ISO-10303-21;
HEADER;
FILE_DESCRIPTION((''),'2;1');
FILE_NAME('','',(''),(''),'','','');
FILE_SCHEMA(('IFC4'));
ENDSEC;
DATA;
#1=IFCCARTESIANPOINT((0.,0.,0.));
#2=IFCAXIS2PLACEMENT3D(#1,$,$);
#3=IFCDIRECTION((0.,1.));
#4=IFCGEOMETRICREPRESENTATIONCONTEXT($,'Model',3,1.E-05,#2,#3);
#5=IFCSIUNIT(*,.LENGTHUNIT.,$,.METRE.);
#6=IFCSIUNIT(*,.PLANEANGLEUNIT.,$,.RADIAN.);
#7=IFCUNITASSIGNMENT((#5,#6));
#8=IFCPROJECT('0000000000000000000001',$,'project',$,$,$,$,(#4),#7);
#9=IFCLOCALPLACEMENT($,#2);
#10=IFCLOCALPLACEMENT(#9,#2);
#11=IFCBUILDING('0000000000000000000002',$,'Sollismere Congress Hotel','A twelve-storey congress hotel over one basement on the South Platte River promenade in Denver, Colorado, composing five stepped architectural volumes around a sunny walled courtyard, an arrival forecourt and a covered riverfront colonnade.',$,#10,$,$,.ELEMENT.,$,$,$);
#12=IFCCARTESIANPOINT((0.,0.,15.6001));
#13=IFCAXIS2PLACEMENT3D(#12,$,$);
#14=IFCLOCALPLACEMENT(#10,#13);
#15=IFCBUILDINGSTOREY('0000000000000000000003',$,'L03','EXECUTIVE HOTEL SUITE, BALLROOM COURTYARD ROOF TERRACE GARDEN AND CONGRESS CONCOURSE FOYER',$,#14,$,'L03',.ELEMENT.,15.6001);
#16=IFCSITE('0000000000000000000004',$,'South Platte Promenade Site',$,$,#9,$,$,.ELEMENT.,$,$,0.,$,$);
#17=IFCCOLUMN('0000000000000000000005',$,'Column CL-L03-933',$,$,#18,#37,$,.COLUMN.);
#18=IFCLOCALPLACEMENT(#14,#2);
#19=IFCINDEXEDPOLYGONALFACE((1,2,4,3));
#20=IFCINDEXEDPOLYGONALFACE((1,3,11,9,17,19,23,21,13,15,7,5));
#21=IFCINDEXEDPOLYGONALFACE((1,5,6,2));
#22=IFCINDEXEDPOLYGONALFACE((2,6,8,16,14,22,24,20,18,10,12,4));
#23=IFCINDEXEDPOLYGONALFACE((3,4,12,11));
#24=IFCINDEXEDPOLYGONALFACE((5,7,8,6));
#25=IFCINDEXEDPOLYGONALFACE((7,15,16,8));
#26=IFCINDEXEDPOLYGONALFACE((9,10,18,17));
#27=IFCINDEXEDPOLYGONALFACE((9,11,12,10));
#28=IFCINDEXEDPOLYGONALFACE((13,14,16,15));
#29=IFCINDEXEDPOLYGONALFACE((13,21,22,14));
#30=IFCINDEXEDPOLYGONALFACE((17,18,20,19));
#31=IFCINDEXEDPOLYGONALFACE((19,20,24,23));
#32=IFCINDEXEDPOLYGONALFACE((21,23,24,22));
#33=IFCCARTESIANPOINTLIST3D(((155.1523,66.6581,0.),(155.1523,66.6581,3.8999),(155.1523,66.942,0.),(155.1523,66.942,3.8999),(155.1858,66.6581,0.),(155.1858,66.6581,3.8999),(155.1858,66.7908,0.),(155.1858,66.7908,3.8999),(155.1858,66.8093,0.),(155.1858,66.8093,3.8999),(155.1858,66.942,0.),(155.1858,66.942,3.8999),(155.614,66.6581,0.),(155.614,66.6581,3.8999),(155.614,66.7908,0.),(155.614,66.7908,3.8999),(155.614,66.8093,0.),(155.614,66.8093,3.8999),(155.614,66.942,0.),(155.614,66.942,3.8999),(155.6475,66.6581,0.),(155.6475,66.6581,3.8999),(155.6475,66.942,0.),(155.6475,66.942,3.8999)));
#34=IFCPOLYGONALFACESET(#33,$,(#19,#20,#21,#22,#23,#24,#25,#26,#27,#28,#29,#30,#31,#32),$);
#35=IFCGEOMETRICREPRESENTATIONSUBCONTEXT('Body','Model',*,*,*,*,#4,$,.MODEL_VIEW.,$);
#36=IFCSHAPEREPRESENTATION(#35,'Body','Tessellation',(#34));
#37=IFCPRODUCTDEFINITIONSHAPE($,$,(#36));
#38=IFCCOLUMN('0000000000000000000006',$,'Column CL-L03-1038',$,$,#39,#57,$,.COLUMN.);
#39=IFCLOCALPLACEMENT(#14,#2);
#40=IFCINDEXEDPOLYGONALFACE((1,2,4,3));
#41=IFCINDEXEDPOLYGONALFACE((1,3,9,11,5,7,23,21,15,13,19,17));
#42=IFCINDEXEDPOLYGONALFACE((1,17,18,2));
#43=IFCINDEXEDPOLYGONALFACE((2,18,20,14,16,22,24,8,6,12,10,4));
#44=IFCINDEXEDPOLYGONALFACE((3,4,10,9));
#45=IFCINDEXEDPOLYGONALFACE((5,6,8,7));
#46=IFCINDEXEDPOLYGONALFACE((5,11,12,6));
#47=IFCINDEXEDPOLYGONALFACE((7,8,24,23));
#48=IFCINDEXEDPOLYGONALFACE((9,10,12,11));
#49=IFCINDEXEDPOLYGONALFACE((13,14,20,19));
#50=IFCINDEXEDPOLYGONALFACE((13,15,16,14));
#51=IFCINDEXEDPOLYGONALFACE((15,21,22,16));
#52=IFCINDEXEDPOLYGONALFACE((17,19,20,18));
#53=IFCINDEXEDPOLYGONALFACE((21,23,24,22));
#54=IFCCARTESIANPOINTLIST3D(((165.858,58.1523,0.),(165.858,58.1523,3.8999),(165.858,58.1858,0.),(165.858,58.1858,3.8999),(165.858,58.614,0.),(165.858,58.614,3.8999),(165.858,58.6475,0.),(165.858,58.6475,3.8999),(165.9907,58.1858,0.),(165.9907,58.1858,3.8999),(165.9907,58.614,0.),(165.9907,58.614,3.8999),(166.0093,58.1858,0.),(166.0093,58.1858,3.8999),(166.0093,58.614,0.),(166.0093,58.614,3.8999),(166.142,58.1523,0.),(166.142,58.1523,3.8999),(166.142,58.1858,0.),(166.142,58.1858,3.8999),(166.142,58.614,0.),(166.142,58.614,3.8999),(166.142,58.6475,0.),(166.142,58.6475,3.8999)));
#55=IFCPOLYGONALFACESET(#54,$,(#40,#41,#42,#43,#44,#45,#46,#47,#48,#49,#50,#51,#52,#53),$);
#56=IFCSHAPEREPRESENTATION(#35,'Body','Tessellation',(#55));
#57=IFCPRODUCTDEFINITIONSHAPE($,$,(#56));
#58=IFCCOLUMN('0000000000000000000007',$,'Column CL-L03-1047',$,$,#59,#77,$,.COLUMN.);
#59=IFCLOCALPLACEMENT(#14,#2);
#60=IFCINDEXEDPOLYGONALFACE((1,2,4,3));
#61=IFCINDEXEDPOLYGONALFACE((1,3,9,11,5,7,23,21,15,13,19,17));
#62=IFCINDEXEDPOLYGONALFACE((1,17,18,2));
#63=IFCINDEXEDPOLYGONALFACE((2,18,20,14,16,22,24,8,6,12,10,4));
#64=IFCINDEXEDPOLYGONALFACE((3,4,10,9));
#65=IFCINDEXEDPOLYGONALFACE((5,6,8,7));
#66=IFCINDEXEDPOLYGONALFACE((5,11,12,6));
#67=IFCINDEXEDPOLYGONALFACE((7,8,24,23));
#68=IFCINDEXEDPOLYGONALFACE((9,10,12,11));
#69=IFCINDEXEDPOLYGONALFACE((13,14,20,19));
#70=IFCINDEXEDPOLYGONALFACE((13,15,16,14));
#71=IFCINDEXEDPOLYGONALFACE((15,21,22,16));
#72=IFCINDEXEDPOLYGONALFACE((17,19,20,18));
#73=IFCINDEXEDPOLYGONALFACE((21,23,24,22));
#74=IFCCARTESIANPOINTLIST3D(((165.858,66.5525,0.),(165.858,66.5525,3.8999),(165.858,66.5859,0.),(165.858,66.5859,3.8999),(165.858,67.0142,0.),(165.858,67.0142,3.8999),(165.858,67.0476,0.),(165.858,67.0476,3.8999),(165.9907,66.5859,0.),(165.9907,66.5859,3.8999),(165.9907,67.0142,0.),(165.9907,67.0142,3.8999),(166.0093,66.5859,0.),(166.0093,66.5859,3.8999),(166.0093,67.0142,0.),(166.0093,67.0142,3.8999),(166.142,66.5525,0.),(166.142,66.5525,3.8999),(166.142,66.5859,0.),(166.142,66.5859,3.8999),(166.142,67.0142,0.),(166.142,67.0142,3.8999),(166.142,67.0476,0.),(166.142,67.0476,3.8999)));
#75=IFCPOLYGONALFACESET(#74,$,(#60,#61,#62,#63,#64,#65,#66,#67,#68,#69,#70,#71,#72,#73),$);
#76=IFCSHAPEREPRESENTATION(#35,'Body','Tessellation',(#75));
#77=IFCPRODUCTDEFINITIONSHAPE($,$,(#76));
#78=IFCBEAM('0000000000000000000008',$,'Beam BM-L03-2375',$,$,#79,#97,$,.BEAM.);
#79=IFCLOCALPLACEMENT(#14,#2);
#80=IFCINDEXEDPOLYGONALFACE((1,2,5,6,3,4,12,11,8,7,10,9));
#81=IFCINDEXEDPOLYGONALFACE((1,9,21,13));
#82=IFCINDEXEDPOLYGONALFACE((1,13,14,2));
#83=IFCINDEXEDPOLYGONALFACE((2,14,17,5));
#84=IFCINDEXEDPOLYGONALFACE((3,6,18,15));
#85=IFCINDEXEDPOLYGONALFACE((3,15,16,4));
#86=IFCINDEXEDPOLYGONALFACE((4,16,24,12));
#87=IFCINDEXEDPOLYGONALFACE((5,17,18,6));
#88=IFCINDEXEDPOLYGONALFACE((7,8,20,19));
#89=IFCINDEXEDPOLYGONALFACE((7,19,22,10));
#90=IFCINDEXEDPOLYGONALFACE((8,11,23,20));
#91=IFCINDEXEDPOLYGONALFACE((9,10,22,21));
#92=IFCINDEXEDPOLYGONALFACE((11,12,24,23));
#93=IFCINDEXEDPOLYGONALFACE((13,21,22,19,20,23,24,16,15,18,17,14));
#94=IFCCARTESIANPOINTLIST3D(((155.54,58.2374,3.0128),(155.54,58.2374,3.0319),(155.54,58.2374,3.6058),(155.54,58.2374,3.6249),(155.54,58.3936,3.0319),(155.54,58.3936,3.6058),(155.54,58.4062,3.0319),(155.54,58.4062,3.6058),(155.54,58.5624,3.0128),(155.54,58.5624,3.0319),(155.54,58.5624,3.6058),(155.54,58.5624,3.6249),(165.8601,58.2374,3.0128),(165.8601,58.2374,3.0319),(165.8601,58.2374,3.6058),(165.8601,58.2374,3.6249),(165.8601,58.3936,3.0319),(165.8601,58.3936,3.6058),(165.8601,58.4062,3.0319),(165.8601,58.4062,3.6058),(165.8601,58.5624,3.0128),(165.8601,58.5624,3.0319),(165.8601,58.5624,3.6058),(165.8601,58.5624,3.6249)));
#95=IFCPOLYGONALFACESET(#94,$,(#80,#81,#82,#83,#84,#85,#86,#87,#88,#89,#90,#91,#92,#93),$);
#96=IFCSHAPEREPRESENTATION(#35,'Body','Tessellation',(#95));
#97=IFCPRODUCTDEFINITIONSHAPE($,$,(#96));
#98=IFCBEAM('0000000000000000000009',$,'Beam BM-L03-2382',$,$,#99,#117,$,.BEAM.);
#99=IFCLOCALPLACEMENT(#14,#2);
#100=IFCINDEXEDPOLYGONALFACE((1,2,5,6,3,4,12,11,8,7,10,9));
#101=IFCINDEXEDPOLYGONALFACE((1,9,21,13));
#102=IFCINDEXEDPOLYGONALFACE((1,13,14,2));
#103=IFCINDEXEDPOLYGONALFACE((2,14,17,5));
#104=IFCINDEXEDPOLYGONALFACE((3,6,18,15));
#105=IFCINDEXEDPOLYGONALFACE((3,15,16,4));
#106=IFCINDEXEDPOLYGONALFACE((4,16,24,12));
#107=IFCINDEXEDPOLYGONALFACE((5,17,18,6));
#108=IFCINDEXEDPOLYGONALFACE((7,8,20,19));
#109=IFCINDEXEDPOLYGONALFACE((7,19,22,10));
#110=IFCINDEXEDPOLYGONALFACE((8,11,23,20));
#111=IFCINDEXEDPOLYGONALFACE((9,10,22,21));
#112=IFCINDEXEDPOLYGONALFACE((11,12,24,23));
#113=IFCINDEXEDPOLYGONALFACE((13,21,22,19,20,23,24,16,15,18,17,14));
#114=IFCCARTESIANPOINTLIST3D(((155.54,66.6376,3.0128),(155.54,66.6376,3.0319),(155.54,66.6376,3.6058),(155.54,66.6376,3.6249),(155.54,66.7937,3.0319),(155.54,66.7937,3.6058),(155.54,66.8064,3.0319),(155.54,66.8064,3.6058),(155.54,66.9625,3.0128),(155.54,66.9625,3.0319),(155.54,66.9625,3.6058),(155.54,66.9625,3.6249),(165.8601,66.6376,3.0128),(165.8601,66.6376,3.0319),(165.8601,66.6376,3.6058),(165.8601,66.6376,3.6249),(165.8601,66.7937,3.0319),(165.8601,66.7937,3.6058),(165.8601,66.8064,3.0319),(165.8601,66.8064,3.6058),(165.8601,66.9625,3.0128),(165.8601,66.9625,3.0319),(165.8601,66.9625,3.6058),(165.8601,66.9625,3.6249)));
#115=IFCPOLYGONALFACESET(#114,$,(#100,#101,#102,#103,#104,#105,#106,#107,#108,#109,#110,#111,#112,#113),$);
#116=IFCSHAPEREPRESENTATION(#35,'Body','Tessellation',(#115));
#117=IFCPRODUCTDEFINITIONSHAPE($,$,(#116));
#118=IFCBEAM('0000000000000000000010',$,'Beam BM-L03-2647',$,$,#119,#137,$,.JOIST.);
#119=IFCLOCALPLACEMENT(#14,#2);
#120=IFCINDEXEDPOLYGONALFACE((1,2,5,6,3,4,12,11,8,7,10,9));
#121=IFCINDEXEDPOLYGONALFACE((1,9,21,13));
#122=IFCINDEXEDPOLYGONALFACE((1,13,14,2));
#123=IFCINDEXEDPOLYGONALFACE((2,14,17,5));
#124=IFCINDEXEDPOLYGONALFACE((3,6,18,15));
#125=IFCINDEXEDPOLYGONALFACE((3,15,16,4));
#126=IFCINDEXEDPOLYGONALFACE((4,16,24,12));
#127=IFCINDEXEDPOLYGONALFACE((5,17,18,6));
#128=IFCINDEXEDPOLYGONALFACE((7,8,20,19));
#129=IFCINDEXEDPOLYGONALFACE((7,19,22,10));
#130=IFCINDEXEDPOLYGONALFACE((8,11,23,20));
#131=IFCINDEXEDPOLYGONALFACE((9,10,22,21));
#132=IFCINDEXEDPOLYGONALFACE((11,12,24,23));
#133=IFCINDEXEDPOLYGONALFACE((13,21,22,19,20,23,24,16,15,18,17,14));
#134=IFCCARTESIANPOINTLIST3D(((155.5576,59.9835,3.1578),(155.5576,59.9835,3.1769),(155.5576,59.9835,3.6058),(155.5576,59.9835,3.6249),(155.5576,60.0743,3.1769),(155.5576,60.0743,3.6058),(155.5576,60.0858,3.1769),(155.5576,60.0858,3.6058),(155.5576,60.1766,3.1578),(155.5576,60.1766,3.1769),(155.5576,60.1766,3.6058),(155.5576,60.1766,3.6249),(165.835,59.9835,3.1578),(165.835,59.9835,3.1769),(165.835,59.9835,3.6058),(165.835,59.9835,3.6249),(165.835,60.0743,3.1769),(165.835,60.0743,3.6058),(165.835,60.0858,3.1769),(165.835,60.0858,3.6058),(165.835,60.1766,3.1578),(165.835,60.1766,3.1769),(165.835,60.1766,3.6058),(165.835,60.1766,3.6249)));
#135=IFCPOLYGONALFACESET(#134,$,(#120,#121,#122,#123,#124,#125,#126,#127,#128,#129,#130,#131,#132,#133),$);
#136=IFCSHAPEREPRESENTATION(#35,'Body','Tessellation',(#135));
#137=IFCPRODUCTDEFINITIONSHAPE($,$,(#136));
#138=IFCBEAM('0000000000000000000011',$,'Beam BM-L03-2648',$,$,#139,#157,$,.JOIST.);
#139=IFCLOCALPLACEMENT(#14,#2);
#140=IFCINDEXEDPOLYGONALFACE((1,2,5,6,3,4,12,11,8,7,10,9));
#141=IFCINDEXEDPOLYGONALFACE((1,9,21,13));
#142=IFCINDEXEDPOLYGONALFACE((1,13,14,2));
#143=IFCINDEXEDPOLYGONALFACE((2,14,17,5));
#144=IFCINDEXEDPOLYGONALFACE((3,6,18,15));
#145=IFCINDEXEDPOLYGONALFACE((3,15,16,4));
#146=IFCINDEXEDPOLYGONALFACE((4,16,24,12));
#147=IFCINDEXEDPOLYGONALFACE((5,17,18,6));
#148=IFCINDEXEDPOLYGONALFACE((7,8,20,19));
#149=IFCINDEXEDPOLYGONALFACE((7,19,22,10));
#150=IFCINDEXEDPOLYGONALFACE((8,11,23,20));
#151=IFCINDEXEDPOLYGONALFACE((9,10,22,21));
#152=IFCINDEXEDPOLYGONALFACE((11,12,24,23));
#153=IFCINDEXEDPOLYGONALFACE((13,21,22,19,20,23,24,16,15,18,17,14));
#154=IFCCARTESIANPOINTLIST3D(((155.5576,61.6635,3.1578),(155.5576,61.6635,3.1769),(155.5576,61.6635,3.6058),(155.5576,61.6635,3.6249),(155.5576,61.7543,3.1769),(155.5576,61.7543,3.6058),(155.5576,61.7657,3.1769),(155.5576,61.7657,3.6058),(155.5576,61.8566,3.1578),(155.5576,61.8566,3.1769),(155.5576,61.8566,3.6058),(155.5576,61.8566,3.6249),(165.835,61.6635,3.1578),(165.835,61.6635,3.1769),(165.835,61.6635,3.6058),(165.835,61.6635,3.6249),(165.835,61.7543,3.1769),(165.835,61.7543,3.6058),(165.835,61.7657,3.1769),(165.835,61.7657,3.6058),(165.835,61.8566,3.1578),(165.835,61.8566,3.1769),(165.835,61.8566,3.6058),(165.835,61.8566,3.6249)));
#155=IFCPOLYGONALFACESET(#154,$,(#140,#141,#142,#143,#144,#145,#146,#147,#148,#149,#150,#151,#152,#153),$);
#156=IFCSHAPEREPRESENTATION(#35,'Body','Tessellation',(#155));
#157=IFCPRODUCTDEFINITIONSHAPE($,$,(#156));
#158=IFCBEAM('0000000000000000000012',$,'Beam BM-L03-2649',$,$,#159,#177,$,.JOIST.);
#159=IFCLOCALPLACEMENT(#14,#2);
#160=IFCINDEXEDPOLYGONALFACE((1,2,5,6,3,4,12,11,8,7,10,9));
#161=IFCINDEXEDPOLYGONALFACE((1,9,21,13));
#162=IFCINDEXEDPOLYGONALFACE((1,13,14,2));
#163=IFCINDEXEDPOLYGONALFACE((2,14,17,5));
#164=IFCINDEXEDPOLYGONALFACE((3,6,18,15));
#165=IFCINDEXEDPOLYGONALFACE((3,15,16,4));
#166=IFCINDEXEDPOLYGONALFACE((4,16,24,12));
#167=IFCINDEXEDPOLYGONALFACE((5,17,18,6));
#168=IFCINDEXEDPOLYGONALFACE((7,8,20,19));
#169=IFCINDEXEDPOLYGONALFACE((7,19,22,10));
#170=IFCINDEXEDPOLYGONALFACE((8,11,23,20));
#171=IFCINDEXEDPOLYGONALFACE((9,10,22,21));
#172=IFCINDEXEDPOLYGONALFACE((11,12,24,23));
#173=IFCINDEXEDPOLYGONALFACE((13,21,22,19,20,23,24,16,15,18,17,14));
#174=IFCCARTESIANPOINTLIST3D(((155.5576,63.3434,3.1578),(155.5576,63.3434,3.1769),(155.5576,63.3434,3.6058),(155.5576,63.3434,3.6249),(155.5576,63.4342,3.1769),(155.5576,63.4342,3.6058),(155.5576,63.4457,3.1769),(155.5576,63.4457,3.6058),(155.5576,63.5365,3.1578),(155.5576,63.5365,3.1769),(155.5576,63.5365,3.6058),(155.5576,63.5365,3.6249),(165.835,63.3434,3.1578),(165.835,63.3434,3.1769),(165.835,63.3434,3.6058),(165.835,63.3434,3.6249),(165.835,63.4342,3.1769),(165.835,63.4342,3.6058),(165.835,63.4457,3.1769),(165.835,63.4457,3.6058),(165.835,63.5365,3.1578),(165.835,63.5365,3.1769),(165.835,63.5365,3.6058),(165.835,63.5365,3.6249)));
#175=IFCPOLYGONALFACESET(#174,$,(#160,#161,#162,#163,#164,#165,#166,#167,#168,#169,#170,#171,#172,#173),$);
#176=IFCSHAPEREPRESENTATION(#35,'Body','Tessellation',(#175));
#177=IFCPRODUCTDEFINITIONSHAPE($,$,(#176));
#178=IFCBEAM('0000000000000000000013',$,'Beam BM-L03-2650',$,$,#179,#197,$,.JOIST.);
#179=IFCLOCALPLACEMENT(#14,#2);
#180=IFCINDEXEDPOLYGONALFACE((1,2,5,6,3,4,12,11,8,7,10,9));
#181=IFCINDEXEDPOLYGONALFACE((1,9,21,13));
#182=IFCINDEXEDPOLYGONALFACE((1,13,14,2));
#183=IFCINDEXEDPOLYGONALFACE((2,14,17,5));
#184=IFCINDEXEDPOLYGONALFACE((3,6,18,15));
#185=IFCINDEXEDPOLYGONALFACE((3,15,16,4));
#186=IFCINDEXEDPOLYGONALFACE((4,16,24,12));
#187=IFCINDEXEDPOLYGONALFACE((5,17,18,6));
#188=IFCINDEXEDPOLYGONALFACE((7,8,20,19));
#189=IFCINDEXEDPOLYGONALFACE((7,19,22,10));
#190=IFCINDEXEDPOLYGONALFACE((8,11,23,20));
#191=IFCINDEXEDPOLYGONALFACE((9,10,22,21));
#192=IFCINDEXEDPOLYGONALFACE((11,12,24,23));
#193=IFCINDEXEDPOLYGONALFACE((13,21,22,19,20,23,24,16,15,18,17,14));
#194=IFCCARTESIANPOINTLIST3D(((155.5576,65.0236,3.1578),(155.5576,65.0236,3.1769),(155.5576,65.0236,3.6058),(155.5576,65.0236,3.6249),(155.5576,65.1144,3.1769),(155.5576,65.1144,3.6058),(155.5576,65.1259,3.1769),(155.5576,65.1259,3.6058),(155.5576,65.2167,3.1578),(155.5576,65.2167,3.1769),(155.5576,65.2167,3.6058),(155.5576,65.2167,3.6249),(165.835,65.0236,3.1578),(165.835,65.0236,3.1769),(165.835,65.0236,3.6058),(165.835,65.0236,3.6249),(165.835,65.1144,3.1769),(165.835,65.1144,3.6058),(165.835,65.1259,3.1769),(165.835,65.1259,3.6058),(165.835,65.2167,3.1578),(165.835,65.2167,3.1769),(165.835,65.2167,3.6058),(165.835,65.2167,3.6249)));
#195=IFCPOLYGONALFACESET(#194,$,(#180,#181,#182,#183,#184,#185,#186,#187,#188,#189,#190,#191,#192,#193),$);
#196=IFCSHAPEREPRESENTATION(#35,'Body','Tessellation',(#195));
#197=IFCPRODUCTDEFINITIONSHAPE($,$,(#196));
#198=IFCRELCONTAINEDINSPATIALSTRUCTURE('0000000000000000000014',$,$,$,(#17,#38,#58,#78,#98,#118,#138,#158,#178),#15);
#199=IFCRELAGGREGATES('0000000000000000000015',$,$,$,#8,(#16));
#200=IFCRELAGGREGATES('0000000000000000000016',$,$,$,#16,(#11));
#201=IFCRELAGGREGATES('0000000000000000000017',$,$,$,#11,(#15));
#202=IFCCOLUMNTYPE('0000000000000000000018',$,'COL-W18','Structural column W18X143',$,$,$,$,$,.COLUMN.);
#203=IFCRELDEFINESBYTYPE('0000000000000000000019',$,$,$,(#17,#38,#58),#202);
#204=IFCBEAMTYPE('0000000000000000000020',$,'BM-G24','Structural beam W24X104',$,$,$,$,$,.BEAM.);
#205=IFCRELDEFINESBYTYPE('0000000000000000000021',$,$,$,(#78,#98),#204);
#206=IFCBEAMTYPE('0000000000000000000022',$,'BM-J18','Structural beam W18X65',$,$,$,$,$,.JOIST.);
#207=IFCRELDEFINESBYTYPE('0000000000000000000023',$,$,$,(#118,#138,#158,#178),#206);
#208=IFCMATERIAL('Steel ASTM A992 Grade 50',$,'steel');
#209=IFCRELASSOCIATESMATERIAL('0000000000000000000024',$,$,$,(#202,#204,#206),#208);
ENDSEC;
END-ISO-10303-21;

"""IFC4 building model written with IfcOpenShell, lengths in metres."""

from ifc_helpers import new_model, si_unit, direction, frame, origin, origin_2d, place, context, subcontext, project, spatial, i_section, extrude, material, material_profile, profile_set, type_object, element, save


model = new_model("IFC4")

# Units and contexts
model_context = context("Model", 3, precision=1e-05, world=origin(), true_north=direction((0.0, 1.0)))
body_context = subcontext(model_context, "Body", "Model", "MODEL_VIEW")
ifc_project = project(units=[si_unit("LENGTHUNIT", "METRE"), si_unit("PLANEANGLEUNIT", "RADIAN")], contexts=[model_context])

# Site, building, storey
site_placement = place(None, origin())
site = spatial("IfcSite", under=ifc_project, at=site_placement, Name="South Platte Promenade Site", CompositionType="ELEMENT", RefElevation=0.0)
building_placement = place(site_placement, origin())
building = spatial("IfcBuilding", under=site, at=building_placement, Name="Sollismere Congress Hotel", Description="A twelve-storey congress hotel over one basement on the South Platte River promenade in Denver, Colorado, composing five stepped architectural volumes around a sunny walled courtyard, an arrival forecourt and a covered riverfront colonnade.", CompositionType="ELEMENT")
storey_placement = place(building_placement, frame((0.0, 0.0, 15.6001)))
storey = spatial("IfcBuildingStorey", under=building, at=storey_placement, Name="L03", Description="EXECUTIVE HOTEL SUITE, BALLROOM COURTYARD ROOF TERRACE GARDEN AND CONGRESS CONCOURSE FOYER", LongName="L03", CompositionType="ELEMENT", Elevation=15.6001)

# Columns
ifc_material_1 = material(Name="Steel ASTM A992 Grade 50", Category="steel")
ifc_material_profile_1 = material_profile(ifc_material_1, i_section(OverallWidth=0.2839, OverallDepth=0.4951, WebThickness=0.0186, FlangeThickness=0.0334, at=origin_2d()), Name="W18X143")
ifc_profile_set_1 = profile_set([ifc_material_profile_1], Name="Steel ASTM A992 Grade 50")
column_type = type_object("IfcColumnType", Name="COL-W18", Description="Structural column W18X143", PredefinedType="COLUMN", material=ifc_profile_set_1)
for number, where, z_axis, x_axis, name in (
    (1, (155.3999, 66.8, 0.0), (0.0, 0.0, 1.0), (0.0, 1.0, 0.0), "Column CL-L03-933"),
    (2, (166.0, 58.3999, 0.0), (0.0, 0.0, 1.0), (1.0, 0.0, 0.0), "Column CL-L03-1038"),
    (3, (166.0, 66.8, 0.0), (0.0, 0.0, 1.0), (1.0, 0.0, 0.0), "Column CL-L03-1047"),
):
    element("IfcColumn", number, at=place(storey_placement, frame(where, z_axis=z_axis, x_axis=x_axis)), inside=storey, type_object=column_type, Name=name, PredefinedType="COLUMN", context=body_context, shape_type="SweptSolid", body=[
        extrude(i_section(OverallWidth=0.2839, OverallDepth=0.4951, WebThickness=0.0186, FlangeThickness=0.0334, at=origin_2d()), origin(), (0.0, 0.0, 1.0), 3.8999),
    ])

# Beams
ifc_material_profile_2 = material_profile(ifc_material_1, i_section(OverallWidth=0.325, OverallDepth=0.6121, WebThickness=0.0127, FlangeThickness=0.019, at=origin_2d()), Name="W24X104")
ifc_profile_set_2 = profile_set([ifc_material_profile_2], Name="Steel ASTM A992 Grade 50")
beam_type_1 = type_object("IfcBeamType", Name="BM-G24", Description="Structural beam W24X104", PredefinedType="BEAM", material=ifc_profile_set_2)
for number, where, z_axis, x_axis, name in (
    (4, (155.54, 58.3999, 3.3188), (1.0, 0.0, 0.0), (0.0, 1.0, 0.0), "Beam BM-L03-2375"),
    (5, (155.54, 66.8, 3.3188), (1.0, 0.0, 0.0), (0.0, 1.0, 0.0), "Beam BM-L03-2382"),
):
    element("IfcBeam", number, at=place(storey_placement, frame(where, z_axis=z_axis, x_axis=x_axis)), inside=storey, type_object=beam_type_1, Name=name, PredefinedType="BEAM", context=body_context, shape_type="SweptSolid", body=[
        extrude(i_section(OverallWidth=0.325, OverallDepth=0.6121, WebThickness=0.0127, FlangeThickness=0.019, at=origin_2d()), origin(), (0.0, 0.0, 1.0), 10.3201),
    ])
ifc_material_profile_3 = material_profile(ifc_material_1, i_section(OverallWidth=0.1931, OverallDepth=0.467, WebThickness=0.0115, FlangeThickness=0.019, at=origin_2d()), Name="W18X65")
ifc_profile_set_3 = profile_set([ifc_material_profile_3], Name="Steel ASTM A992 Grade 50")
beam_type_2 = type_object("IfcBeamType", Name="BM-J18", Description="Structural beam W18X65", PredefinedType="JOIST", material=ifc_profile_set_3)
for number, where, z_axis, x_axis, name in (
    (6, (155.5576, 60.0801, 3.3914), (1.0, 0.0, 0.0), (0.0, 1.0, 0.0), "Beam BM-L03-2647"),
    (7, (155.5576, 61.76, 3.3914), (1.0, 0.0, 0.0), (0.0, 1.0, 0.0), "Beam BM-L03-2648"),
    (8, (155.5576, 63.4399, 3.3914), (1.0, 0.0, 0.0), (0.0, 1.0, 0.0), "Beam BM-L03-2649"),
    (9, (155.5576, 65.1201, 3.3914), (1.0, 0.0, 0.0), (0.0, 1.0, 0.0), "Beam BM-L03-2650"),
):
    element("IfcBeam", number, at=place(storey_placement, frame(where, z_axis=z_axis, x_axis=x_axis)), inside=storey, type_object=beam_type_2, Name=name, PredefinedType="JOIST", context=body_context, shape_type="SweptSolid", body=[
        extrude(i_section(OverallWidth=0.1931, OverallDepth=0.467, WebThickness=0.0115, FlangeThickness=0.019, at=origin_2d()), origin(), (0.0, 0.0, 1.0), 10.2773),
    ])

save(model, "model.ifc")
